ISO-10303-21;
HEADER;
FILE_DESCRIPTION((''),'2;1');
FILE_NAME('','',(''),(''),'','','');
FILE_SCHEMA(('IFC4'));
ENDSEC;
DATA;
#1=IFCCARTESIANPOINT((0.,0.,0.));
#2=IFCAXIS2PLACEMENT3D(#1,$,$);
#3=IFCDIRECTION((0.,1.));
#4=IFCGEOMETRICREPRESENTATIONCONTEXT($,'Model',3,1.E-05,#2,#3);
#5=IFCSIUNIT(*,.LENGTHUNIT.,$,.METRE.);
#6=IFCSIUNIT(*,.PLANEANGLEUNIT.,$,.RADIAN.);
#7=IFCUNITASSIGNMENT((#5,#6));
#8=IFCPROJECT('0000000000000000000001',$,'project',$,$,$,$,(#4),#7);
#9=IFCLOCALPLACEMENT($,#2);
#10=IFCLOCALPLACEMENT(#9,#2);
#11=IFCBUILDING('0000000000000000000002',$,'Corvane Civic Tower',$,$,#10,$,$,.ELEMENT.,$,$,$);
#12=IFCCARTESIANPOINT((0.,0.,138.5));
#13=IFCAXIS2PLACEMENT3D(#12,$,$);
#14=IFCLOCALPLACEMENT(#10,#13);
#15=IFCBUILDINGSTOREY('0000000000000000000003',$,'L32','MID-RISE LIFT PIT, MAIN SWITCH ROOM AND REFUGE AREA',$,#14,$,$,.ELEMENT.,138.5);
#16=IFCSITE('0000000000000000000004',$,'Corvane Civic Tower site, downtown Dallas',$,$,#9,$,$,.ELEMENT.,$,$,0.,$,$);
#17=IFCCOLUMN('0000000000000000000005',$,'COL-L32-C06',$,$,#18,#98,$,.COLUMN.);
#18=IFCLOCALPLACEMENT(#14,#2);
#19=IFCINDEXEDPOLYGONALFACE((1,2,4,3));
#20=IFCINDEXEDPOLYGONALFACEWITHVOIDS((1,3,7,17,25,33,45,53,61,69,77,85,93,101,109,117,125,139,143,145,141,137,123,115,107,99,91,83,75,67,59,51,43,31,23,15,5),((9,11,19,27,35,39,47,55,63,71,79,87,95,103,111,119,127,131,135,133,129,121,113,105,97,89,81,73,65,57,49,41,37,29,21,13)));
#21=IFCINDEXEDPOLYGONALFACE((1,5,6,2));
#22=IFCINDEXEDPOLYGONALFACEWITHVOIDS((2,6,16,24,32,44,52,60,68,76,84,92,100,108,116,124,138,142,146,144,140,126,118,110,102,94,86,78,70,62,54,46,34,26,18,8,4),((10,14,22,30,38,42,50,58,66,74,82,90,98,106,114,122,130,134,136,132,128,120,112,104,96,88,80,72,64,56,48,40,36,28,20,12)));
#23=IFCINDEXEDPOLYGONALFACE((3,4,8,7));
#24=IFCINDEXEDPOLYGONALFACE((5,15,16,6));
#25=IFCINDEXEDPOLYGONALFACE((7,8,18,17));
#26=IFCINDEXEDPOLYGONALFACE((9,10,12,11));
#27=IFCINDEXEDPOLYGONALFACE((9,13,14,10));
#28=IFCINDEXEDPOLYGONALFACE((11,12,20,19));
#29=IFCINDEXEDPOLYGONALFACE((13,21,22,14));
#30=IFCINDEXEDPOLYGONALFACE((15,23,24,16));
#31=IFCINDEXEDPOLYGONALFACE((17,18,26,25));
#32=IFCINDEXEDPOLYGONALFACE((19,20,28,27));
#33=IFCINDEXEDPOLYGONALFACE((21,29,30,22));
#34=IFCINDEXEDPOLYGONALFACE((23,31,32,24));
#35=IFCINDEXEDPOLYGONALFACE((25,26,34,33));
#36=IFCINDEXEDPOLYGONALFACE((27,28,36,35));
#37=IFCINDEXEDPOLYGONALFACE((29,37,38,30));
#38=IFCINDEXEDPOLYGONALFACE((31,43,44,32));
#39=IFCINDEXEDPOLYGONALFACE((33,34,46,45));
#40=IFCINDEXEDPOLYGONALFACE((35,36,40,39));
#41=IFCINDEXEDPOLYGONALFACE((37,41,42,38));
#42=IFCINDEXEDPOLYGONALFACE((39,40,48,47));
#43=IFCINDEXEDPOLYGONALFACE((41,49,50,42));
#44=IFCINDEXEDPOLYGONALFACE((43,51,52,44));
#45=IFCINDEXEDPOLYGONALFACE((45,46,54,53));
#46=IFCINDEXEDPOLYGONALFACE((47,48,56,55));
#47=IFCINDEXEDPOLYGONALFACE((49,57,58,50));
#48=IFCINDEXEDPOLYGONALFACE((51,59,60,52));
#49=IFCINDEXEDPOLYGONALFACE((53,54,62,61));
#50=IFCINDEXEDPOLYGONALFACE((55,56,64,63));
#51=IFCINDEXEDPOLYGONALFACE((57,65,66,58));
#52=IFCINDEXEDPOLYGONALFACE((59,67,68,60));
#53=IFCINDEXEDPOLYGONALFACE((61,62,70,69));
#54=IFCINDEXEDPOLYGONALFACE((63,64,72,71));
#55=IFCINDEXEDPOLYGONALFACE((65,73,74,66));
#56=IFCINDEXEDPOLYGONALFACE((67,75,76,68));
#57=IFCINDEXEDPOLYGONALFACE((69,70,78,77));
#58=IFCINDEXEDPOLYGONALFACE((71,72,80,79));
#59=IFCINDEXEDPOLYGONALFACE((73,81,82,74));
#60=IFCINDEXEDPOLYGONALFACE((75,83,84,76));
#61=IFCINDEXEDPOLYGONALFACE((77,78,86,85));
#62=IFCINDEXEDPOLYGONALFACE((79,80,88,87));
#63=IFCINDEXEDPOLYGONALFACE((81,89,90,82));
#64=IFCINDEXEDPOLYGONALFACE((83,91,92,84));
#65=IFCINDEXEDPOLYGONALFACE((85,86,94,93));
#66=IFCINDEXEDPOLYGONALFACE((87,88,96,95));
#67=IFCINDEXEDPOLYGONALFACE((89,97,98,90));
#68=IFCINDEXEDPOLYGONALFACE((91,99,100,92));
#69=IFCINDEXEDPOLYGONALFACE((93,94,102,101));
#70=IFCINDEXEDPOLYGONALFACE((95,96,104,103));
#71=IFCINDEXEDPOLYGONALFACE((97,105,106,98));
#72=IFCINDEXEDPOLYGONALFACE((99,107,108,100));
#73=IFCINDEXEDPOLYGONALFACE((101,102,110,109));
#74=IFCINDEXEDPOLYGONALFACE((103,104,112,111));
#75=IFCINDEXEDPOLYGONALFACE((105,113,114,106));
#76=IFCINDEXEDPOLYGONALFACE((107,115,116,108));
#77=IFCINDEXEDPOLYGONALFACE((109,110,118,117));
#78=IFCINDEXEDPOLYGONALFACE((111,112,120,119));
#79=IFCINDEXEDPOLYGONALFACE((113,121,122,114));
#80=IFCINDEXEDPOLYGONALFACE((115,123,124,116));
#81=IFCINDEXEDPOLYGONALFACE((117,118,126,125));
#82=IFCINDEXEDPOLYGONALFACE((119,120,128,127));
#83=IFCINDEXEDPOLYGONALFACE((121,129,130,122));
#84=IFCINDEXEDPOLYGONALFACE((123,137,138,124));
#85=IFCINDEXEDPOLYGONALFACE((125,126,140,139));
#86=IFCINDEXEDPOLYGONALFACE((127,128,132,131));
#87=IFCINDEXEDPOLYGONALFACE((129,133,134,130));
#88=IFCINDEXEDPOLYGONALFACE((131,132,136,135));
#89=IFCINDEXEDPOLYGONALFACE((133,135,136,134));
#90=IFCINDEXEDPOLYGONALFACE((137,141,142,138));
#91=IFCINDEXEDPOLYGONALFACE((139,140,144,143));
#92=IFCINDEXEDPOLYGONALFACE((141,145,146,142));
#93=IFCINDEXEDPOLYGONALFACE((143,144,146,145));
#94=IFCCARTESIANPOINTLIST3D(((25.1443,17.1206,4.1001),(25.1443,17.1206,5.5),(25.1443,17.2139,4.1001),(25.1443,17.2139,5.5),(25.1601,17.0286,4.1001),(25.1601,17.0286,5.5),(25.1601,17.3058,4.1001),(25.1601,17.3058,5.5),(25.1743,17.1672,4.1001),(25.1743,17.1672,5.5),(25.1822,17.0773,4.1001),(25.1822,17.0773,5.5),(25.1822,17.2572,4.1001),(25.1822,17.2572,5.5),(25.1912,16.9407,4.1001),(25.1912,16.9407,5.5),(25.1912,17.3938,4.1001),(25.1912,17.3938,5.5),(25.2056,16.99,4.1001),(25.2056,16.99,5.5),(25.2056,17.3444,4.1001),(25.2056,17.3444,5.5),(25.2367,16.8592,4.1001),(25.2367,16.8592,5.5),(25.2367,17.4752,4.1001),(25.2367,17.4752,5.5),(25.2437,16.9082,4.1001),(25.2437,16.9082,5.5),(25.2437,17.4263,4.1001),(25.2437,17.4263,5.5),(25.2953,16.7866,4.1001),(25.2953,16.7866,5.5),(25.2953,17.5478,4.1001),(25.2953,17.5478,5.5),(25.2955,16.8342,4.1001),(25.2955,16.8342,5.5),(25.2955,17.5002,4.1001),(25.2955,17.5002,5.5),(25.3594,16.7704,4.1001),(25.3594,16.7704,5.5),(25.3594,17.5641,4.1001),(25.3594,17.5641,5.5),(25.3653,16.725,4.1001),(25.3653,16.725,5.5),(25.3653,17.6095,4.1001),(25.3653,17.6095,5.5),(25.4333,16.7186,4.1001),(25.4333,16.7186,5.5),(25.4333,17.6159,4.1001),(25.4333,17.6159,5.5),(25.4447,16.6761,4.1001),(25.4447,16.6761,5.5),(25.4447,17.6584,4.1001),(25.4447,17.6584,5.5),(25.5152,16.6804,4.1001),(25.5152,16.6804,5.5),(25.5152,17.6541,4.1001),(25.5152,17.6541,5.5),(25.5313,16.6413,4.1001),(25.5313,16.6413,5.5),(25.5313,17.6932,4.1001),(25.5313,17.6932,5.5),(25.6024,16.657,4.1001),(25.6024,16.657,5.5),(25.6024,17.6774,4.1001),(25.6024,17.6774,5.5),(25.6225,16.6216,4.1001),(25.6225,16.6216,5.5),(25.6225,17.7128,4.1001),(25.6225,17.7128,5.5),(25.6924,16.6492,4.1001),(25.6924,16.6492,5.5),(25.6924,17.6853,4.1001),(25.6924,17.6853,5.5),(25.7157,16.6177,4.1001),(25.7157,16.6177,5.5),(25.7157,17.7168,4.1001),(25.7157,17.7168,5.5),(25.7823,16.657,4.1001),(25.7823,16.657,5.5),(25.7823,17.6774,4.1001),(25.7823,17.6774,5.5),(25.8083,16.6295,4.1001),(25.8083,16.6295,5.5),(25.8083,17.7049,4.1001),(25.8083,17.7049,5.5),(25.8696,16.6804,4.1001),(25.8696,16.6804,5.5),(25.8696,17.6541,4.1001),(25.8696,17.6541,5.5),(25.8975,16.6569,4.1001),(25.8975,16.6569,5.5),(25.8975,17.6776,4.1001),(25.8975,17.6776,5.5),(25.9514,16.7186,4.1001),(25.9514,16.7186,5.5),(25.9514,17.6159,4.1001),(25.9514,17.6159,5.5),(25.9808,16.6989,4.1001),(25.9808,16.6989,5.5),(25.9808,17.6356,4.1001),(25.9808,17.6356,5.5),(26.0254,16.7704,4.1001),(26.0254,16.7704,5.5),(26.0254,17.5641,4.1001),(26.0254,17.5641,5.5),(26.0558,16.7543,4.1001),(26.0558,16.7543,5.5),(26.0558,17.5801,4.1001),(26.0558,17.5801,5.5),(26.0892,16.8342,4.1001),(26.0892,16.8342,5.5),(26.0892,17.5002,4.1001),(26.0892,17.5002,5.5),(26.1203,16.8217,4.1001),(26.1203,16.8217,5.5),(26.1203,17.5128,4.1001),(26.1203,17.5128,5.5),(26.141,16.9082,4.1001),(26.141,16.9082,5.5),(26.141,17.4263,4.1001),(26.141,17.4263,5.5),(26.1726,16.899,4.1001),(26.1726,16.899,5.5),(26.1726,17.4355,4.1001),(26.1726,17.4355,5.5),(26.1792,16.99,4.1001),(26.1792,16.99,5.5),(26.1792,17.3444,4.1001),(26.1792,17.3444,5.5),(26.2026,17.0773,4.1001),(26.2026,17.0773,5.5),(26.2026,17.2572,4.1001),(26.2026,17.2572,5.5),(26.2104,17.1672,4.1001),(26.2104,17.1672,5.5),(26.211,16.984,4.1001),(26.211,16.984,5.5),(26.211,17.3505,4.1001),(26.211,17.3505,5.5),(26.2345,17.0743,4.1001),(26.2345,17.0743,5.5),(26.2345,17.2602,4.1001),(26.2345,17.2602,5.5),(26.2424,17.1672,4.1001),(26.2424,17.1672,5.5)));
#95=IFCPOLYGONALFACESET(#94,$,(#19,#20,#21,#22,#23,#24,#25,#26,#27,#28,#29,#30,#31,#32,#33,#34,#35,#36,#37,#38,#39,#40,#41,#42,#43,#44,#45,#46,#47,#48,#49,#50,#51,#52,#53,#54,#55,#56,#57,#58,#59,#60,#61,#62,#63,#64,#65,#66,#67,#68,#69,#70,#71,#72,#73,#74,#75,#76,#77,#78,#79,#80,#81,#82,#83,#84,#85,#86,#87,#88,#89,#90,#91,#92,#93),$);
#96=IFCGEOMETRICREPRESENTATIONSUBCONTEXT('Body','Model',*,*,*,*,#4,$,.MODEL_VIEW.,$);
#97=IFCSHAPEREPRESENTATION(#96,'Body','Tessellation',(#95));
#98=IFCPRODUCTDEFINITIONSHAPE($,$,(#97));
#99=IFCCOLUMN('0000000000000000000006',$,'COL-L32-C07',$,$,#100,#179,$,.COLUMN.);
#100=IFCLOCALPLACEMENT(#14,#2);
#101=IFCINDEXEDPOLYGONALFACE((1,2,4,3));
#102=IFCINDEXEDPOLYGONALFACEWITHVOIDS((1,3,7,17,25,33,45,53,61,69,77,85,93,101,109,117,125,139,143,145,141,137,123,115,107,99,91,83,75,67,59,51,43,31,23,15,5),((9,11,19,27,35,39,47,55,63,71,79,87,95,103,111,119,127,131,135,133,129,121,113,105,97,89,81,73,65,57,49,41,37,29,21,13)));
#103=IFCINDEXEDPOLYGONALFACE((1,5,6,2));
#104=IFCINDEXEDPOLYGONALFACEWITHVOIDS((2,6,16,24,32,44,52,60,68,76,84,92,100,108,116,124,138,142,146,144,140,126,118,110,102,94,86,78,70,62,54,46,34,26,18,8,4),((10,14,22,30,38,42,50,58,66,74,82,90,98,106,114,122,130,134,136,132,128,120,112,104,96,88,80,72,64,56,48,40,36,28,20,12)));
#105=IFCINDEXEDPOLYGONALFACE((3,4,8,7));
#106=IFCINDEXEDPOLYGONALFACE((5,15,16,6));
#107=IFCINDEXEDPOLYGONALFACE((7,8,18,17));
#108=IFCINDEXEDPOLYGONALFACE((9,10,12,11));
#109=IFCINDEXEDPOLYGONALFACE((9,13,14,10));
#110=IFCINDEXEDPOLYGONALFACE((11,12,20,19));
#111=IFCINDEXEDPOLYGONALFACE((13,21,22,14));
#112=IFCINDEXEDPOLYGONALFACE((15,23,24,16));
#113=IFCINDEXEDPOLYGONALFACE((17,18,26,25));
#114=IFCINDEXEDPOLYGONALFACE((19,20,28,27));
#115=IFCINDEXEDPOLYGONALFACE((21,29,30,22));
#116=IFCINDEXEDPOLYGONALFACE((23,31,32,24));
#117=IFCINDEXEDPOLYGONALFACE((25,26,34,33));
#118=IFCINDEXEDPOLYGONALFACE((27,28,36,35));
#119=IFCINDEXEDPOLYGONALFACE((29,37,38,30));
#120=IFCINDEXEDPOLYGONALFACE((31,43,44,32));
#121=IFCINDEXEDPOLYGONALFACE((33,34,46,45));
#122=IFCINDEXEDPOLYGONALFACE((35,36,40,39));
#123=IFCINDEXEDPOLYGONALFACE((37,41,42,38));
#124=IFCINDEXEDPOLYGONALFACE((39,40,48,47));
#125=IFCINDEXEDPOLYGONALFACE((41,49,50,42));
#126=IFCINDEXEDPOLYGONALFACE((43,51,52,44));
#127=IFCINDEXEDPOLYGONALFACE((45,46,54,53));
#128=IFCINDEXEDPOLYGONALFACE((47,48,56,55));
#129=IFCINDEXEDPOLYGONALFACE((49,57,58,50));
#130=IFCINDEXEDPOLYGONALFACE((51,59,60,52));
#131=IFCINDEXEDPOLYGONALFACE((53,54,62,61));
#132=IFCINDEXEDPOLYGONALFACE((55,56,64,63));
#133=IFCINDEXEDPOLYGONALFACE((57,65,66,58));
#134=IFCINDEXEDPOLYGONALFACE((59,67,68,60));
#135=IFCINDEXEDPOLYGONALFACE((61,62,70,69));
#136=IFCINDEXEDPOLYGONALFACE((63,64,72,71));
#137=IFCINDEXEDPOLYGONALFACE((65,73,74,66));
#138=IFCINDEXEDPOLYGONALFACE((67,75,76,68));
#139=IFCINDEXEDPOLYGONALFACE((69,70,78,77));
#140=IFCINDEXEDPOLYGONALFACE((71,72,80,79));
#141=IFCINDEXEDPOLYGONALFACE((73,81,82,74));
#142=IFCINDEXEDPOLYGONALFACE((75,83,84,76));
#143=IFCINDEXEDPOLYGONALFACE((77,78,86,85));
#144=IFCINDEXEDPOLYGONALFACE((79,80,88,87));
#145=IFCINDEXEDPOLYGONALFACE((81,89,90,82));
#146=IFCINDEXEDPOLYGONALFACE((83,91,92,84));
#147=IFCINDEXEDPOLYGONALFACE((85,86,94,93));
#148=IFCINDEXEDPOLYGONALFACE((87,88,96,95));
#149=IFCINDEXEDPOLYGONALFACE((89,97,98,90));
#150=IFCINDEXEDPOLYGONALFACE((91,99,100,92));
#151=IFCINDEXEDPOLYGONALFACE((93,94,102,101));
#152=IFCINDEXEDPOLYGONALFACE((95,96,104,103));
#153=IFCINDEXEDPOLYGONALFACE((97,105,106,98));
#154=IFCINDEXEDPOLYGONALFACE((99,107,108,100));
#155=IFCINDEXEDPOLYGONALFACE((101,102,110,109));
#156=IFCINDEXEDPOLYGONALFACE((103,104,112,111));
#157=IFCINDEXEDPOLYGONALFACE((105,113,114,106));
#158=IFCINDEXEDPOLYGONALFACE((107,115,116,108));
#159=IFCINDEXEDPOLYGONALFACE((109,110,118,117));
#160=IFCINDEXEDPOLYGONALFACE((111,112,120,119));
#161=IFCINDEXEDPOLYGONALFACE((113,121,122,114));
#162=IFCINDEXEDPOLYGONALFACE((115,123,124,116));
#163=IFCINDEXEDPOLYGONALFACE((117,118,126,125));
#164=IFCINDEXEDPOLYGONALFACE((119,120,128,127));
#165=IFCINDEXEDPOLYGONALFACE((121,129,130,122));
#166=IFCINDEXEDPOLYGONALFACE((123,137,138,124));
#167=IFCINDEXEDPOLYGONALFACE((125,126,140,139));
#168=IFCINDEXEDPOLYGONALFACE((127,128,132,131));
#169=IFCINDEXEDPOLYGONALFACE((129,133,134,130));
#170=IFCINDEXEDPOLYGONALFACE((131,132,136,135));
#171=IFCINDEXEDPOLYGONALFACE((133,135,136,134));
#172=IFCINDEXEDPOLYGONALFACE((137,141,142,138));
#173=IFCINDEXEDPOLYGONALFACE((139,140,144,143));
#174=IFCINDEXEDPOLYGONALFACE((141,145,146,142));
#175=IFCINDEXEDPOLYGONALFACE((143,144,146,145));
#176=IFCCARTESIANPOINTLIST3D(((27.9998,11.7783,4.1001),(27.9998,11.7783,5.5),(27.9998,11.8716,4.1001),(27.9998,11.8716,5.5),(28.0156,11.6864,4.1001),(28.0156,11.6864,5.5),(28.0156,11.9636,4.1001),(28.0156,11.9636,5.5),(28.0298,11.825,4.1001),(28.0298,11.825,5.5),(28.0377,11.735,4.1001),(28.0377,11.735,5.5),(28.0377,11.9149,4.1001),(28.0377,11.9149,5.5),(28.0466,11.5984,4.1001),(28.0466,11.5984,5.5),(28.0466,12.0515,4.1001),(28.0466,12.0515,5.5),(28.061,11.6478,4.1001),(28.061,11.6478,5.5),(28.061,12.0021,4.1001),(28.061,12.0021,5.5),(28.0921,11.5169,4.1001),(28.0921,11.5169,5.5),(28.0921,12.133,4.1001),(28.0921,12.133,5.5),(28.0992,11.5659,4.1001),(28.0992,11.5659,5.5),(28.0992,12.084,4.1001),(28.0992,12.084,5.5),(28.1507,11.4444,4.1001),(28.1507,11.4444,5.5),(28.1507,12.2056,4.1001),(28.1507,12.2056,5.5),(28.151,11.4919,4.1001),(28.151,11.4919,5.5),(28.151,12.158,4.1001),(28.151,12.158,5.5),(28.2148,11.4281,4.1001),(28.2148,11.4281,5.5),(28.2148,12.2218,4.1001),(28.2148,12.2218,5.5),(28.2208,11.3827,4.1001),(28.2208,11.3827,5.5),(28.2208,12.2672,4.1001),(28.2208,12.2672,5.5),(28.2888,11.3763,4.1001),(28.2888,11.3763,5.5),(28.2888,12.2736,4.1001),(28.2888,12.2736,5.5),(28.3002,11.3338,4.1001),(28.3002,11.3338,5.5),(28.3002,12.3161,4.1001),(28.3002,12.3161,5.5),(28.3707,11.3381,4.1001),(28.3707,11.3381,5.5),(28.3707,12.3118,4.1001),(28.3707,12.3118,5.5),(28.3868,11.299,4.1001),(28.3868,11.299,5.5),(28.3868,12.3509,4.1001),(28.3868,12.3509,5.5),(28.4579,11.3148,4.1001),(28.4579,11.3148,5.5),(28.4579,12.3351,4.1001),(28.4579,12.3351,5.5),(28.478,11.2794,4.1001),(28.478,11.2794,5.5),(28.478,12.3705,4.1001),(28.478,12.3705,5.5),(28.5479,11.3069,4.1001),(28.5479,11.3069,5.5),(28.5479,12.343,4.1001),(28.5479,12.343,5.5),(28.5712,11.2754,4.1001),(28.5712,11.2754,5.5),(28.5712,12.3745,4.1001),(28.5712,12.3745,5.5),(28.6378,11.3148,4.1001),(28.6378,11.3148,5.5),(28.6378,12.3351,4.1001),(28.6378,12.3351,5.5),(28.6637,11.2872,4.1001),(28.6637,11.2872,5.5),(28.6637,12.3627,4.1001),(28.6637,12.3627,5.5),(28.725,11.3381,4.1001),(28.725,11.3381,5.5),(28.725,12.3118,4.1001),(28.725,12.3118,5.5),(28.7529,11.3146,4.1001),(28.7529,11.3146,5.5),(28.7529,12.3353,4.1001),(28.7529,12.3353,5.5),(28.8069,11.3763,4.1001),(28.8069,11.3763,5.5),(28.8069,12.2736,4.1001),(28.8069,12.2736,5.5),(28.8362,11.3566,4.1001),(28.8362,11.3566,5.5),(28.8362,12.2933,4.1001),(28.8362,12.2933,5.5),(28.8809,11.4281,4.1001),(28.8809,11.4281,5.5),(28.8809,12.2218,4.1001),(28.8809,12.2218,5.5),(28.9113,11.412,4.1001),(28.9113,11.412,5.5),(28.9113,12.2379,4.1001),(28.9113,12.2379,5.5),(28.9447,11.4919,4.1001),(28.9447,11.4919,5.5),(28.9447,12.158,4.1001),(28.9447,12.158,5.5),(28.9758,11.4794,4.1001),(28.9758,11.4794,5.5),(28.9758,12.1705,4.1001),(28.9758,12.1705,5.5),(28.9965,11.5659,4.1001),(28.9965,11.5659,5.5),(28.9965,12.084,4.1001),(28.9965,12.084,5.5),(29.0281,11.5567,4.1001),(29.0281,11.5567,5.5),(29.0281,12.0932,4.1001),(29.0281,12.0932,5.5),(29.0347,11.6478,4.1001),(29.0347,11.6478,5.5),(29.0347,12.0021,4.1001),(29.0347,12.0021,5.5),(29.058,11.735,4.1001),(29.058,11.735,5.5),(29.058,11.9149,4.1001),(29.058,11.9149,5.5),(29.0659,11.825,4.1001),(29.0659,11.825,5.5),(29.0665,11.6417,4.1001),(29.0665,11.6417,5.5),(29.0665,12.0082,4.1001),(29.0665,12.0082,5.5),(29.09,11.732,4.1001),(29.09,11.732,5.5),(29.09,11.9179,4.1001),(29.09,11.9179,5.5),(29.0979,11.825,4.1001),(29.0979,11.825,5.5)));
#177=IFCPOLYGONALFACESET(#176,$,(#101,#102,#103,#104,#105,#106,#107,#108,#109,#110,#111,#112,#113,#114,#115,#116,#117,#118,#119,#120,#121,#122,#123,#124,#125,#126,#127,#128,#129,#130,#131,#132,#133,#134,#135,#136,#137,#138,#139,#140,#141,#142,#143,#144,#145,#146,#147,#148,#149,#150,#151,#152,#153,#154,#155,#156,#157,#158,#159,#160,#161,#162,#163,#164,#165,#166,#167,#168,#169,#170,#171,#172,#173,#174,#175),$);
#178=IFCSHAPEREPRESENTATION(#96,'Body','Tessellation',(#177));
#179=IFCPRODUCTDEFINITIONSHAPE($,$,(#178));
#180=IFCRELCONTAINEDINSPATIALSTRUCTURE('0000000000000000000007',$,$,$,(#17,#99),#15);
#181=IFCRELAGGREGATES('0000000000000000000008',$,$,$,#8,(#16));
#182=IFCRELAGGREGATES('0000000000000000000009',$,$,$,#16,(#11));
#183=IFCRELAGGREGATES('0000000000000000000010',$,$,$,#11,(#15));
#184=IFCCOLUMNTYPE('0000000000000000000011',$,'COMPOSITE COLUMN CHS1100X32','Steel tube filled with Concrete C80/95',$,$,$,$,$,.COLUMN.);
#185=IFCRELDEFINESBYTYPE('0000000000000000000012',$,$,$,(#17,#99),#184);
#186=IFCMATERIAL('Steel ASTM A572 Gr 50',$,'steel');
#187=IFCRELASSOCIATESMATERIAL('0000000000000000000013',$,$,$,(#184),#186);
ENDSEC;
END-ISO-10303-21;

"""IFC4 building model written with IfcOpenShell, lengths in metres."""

from ifc_helpers import new_model, si_unit, direction, frame, origin, origin_2d, place, context, subcontext, project, spatial, hollow_circle, extrude, material, material_profile, profile_set, type_object, element, save


model = new_model("IFC4")

# Units and contexts
model_context = context("Model", 3, precision=1e-05, world=origin(), true_north=direction((0.0, 1.0)))
body_context = subcontext(model_context, "Body", "Model", "MODEL_VIEW")
ifc_project = project(units=[si_unit("LENGTHUNIT", "METRE"), si_unit("PLANEANGLEUNIT", "RADIAN")], contexts=[model_context])

# Site, building, storey
site_placement = place(None, origin())
site = spatial("IfcSite", under=ifc_project, at=site_placement, Name="Corvane Civic Tower site, downtown Dallas", CompositionType="ELEMENT", RefElevation=0.0)
building_placement = place(site_placement, origin())
building = spatial("IfcBuilding", under=site, at=building_placement, Name="Corvane Civic Tower", CompositionType="ELEMENT")
storey_placement = place(building_placement, frame((0.0, 0.0, 138.5)))
storey = spatial("IfcBuildingStorey", under=building, at=storey_placement, Name="L32", Description="MID-RISE LIFT PIT, MAIN SWITCH ROOM AND REFUGE AREA", CompositionType="ELEMENT", Elevation=138.5)

# Columns
ifc_material_1 = material(Name="Steel ASTM A572 Gr 50", Category="steel")
ifc_material_profile_1 = material_profile(ifc_material_1, hollow_circle(Radius=0.55, WallThickness=0.032, at=origin_2d()), Name="CHS1100X32")
ifc_profile_set_1 = profile_set([ifc_material_profile_1], Name="Steel ASTM A572 Gr 50")
column_type_1 = type_object("IfcColumnType", Name="COMPOSITE COLUMN CHS1100X32", Description="Steel tube filled with Concrete C80/95", PredefinedType="COLUMN", material=ifc_profile_set_1)
for number, where, z_axis, x_axis, name in (
    (1, (25.6924, 17.1672, 4.1001), (0.0, 0.0, 1.0), (1.0, 0.0, 0.0), "COL-L32-C06"),
    (2, (28.5479, 11.825, 4.1001), (0.0, 0.0, 1.0), (1.0, 0.0, 0.0), "COL-L32-C07"),
):
    element("IfcColumn", number, at=place(storey_placement, frame(where, z_axis=z_axis, x_axis=x_axis)), inside=storey, type_object=column_type_1, Name=name, PredefinedType="COLUMN", context=body_context, shape_type="SweptSolid", body=[
        extrude(hollow_circle(Radius=0.55, WallThickness=0.032, at=origin_2d()), origin(), (0.0, 0.0, 1.0), 1.3999),
    ])

save(model, "model.ifc")
